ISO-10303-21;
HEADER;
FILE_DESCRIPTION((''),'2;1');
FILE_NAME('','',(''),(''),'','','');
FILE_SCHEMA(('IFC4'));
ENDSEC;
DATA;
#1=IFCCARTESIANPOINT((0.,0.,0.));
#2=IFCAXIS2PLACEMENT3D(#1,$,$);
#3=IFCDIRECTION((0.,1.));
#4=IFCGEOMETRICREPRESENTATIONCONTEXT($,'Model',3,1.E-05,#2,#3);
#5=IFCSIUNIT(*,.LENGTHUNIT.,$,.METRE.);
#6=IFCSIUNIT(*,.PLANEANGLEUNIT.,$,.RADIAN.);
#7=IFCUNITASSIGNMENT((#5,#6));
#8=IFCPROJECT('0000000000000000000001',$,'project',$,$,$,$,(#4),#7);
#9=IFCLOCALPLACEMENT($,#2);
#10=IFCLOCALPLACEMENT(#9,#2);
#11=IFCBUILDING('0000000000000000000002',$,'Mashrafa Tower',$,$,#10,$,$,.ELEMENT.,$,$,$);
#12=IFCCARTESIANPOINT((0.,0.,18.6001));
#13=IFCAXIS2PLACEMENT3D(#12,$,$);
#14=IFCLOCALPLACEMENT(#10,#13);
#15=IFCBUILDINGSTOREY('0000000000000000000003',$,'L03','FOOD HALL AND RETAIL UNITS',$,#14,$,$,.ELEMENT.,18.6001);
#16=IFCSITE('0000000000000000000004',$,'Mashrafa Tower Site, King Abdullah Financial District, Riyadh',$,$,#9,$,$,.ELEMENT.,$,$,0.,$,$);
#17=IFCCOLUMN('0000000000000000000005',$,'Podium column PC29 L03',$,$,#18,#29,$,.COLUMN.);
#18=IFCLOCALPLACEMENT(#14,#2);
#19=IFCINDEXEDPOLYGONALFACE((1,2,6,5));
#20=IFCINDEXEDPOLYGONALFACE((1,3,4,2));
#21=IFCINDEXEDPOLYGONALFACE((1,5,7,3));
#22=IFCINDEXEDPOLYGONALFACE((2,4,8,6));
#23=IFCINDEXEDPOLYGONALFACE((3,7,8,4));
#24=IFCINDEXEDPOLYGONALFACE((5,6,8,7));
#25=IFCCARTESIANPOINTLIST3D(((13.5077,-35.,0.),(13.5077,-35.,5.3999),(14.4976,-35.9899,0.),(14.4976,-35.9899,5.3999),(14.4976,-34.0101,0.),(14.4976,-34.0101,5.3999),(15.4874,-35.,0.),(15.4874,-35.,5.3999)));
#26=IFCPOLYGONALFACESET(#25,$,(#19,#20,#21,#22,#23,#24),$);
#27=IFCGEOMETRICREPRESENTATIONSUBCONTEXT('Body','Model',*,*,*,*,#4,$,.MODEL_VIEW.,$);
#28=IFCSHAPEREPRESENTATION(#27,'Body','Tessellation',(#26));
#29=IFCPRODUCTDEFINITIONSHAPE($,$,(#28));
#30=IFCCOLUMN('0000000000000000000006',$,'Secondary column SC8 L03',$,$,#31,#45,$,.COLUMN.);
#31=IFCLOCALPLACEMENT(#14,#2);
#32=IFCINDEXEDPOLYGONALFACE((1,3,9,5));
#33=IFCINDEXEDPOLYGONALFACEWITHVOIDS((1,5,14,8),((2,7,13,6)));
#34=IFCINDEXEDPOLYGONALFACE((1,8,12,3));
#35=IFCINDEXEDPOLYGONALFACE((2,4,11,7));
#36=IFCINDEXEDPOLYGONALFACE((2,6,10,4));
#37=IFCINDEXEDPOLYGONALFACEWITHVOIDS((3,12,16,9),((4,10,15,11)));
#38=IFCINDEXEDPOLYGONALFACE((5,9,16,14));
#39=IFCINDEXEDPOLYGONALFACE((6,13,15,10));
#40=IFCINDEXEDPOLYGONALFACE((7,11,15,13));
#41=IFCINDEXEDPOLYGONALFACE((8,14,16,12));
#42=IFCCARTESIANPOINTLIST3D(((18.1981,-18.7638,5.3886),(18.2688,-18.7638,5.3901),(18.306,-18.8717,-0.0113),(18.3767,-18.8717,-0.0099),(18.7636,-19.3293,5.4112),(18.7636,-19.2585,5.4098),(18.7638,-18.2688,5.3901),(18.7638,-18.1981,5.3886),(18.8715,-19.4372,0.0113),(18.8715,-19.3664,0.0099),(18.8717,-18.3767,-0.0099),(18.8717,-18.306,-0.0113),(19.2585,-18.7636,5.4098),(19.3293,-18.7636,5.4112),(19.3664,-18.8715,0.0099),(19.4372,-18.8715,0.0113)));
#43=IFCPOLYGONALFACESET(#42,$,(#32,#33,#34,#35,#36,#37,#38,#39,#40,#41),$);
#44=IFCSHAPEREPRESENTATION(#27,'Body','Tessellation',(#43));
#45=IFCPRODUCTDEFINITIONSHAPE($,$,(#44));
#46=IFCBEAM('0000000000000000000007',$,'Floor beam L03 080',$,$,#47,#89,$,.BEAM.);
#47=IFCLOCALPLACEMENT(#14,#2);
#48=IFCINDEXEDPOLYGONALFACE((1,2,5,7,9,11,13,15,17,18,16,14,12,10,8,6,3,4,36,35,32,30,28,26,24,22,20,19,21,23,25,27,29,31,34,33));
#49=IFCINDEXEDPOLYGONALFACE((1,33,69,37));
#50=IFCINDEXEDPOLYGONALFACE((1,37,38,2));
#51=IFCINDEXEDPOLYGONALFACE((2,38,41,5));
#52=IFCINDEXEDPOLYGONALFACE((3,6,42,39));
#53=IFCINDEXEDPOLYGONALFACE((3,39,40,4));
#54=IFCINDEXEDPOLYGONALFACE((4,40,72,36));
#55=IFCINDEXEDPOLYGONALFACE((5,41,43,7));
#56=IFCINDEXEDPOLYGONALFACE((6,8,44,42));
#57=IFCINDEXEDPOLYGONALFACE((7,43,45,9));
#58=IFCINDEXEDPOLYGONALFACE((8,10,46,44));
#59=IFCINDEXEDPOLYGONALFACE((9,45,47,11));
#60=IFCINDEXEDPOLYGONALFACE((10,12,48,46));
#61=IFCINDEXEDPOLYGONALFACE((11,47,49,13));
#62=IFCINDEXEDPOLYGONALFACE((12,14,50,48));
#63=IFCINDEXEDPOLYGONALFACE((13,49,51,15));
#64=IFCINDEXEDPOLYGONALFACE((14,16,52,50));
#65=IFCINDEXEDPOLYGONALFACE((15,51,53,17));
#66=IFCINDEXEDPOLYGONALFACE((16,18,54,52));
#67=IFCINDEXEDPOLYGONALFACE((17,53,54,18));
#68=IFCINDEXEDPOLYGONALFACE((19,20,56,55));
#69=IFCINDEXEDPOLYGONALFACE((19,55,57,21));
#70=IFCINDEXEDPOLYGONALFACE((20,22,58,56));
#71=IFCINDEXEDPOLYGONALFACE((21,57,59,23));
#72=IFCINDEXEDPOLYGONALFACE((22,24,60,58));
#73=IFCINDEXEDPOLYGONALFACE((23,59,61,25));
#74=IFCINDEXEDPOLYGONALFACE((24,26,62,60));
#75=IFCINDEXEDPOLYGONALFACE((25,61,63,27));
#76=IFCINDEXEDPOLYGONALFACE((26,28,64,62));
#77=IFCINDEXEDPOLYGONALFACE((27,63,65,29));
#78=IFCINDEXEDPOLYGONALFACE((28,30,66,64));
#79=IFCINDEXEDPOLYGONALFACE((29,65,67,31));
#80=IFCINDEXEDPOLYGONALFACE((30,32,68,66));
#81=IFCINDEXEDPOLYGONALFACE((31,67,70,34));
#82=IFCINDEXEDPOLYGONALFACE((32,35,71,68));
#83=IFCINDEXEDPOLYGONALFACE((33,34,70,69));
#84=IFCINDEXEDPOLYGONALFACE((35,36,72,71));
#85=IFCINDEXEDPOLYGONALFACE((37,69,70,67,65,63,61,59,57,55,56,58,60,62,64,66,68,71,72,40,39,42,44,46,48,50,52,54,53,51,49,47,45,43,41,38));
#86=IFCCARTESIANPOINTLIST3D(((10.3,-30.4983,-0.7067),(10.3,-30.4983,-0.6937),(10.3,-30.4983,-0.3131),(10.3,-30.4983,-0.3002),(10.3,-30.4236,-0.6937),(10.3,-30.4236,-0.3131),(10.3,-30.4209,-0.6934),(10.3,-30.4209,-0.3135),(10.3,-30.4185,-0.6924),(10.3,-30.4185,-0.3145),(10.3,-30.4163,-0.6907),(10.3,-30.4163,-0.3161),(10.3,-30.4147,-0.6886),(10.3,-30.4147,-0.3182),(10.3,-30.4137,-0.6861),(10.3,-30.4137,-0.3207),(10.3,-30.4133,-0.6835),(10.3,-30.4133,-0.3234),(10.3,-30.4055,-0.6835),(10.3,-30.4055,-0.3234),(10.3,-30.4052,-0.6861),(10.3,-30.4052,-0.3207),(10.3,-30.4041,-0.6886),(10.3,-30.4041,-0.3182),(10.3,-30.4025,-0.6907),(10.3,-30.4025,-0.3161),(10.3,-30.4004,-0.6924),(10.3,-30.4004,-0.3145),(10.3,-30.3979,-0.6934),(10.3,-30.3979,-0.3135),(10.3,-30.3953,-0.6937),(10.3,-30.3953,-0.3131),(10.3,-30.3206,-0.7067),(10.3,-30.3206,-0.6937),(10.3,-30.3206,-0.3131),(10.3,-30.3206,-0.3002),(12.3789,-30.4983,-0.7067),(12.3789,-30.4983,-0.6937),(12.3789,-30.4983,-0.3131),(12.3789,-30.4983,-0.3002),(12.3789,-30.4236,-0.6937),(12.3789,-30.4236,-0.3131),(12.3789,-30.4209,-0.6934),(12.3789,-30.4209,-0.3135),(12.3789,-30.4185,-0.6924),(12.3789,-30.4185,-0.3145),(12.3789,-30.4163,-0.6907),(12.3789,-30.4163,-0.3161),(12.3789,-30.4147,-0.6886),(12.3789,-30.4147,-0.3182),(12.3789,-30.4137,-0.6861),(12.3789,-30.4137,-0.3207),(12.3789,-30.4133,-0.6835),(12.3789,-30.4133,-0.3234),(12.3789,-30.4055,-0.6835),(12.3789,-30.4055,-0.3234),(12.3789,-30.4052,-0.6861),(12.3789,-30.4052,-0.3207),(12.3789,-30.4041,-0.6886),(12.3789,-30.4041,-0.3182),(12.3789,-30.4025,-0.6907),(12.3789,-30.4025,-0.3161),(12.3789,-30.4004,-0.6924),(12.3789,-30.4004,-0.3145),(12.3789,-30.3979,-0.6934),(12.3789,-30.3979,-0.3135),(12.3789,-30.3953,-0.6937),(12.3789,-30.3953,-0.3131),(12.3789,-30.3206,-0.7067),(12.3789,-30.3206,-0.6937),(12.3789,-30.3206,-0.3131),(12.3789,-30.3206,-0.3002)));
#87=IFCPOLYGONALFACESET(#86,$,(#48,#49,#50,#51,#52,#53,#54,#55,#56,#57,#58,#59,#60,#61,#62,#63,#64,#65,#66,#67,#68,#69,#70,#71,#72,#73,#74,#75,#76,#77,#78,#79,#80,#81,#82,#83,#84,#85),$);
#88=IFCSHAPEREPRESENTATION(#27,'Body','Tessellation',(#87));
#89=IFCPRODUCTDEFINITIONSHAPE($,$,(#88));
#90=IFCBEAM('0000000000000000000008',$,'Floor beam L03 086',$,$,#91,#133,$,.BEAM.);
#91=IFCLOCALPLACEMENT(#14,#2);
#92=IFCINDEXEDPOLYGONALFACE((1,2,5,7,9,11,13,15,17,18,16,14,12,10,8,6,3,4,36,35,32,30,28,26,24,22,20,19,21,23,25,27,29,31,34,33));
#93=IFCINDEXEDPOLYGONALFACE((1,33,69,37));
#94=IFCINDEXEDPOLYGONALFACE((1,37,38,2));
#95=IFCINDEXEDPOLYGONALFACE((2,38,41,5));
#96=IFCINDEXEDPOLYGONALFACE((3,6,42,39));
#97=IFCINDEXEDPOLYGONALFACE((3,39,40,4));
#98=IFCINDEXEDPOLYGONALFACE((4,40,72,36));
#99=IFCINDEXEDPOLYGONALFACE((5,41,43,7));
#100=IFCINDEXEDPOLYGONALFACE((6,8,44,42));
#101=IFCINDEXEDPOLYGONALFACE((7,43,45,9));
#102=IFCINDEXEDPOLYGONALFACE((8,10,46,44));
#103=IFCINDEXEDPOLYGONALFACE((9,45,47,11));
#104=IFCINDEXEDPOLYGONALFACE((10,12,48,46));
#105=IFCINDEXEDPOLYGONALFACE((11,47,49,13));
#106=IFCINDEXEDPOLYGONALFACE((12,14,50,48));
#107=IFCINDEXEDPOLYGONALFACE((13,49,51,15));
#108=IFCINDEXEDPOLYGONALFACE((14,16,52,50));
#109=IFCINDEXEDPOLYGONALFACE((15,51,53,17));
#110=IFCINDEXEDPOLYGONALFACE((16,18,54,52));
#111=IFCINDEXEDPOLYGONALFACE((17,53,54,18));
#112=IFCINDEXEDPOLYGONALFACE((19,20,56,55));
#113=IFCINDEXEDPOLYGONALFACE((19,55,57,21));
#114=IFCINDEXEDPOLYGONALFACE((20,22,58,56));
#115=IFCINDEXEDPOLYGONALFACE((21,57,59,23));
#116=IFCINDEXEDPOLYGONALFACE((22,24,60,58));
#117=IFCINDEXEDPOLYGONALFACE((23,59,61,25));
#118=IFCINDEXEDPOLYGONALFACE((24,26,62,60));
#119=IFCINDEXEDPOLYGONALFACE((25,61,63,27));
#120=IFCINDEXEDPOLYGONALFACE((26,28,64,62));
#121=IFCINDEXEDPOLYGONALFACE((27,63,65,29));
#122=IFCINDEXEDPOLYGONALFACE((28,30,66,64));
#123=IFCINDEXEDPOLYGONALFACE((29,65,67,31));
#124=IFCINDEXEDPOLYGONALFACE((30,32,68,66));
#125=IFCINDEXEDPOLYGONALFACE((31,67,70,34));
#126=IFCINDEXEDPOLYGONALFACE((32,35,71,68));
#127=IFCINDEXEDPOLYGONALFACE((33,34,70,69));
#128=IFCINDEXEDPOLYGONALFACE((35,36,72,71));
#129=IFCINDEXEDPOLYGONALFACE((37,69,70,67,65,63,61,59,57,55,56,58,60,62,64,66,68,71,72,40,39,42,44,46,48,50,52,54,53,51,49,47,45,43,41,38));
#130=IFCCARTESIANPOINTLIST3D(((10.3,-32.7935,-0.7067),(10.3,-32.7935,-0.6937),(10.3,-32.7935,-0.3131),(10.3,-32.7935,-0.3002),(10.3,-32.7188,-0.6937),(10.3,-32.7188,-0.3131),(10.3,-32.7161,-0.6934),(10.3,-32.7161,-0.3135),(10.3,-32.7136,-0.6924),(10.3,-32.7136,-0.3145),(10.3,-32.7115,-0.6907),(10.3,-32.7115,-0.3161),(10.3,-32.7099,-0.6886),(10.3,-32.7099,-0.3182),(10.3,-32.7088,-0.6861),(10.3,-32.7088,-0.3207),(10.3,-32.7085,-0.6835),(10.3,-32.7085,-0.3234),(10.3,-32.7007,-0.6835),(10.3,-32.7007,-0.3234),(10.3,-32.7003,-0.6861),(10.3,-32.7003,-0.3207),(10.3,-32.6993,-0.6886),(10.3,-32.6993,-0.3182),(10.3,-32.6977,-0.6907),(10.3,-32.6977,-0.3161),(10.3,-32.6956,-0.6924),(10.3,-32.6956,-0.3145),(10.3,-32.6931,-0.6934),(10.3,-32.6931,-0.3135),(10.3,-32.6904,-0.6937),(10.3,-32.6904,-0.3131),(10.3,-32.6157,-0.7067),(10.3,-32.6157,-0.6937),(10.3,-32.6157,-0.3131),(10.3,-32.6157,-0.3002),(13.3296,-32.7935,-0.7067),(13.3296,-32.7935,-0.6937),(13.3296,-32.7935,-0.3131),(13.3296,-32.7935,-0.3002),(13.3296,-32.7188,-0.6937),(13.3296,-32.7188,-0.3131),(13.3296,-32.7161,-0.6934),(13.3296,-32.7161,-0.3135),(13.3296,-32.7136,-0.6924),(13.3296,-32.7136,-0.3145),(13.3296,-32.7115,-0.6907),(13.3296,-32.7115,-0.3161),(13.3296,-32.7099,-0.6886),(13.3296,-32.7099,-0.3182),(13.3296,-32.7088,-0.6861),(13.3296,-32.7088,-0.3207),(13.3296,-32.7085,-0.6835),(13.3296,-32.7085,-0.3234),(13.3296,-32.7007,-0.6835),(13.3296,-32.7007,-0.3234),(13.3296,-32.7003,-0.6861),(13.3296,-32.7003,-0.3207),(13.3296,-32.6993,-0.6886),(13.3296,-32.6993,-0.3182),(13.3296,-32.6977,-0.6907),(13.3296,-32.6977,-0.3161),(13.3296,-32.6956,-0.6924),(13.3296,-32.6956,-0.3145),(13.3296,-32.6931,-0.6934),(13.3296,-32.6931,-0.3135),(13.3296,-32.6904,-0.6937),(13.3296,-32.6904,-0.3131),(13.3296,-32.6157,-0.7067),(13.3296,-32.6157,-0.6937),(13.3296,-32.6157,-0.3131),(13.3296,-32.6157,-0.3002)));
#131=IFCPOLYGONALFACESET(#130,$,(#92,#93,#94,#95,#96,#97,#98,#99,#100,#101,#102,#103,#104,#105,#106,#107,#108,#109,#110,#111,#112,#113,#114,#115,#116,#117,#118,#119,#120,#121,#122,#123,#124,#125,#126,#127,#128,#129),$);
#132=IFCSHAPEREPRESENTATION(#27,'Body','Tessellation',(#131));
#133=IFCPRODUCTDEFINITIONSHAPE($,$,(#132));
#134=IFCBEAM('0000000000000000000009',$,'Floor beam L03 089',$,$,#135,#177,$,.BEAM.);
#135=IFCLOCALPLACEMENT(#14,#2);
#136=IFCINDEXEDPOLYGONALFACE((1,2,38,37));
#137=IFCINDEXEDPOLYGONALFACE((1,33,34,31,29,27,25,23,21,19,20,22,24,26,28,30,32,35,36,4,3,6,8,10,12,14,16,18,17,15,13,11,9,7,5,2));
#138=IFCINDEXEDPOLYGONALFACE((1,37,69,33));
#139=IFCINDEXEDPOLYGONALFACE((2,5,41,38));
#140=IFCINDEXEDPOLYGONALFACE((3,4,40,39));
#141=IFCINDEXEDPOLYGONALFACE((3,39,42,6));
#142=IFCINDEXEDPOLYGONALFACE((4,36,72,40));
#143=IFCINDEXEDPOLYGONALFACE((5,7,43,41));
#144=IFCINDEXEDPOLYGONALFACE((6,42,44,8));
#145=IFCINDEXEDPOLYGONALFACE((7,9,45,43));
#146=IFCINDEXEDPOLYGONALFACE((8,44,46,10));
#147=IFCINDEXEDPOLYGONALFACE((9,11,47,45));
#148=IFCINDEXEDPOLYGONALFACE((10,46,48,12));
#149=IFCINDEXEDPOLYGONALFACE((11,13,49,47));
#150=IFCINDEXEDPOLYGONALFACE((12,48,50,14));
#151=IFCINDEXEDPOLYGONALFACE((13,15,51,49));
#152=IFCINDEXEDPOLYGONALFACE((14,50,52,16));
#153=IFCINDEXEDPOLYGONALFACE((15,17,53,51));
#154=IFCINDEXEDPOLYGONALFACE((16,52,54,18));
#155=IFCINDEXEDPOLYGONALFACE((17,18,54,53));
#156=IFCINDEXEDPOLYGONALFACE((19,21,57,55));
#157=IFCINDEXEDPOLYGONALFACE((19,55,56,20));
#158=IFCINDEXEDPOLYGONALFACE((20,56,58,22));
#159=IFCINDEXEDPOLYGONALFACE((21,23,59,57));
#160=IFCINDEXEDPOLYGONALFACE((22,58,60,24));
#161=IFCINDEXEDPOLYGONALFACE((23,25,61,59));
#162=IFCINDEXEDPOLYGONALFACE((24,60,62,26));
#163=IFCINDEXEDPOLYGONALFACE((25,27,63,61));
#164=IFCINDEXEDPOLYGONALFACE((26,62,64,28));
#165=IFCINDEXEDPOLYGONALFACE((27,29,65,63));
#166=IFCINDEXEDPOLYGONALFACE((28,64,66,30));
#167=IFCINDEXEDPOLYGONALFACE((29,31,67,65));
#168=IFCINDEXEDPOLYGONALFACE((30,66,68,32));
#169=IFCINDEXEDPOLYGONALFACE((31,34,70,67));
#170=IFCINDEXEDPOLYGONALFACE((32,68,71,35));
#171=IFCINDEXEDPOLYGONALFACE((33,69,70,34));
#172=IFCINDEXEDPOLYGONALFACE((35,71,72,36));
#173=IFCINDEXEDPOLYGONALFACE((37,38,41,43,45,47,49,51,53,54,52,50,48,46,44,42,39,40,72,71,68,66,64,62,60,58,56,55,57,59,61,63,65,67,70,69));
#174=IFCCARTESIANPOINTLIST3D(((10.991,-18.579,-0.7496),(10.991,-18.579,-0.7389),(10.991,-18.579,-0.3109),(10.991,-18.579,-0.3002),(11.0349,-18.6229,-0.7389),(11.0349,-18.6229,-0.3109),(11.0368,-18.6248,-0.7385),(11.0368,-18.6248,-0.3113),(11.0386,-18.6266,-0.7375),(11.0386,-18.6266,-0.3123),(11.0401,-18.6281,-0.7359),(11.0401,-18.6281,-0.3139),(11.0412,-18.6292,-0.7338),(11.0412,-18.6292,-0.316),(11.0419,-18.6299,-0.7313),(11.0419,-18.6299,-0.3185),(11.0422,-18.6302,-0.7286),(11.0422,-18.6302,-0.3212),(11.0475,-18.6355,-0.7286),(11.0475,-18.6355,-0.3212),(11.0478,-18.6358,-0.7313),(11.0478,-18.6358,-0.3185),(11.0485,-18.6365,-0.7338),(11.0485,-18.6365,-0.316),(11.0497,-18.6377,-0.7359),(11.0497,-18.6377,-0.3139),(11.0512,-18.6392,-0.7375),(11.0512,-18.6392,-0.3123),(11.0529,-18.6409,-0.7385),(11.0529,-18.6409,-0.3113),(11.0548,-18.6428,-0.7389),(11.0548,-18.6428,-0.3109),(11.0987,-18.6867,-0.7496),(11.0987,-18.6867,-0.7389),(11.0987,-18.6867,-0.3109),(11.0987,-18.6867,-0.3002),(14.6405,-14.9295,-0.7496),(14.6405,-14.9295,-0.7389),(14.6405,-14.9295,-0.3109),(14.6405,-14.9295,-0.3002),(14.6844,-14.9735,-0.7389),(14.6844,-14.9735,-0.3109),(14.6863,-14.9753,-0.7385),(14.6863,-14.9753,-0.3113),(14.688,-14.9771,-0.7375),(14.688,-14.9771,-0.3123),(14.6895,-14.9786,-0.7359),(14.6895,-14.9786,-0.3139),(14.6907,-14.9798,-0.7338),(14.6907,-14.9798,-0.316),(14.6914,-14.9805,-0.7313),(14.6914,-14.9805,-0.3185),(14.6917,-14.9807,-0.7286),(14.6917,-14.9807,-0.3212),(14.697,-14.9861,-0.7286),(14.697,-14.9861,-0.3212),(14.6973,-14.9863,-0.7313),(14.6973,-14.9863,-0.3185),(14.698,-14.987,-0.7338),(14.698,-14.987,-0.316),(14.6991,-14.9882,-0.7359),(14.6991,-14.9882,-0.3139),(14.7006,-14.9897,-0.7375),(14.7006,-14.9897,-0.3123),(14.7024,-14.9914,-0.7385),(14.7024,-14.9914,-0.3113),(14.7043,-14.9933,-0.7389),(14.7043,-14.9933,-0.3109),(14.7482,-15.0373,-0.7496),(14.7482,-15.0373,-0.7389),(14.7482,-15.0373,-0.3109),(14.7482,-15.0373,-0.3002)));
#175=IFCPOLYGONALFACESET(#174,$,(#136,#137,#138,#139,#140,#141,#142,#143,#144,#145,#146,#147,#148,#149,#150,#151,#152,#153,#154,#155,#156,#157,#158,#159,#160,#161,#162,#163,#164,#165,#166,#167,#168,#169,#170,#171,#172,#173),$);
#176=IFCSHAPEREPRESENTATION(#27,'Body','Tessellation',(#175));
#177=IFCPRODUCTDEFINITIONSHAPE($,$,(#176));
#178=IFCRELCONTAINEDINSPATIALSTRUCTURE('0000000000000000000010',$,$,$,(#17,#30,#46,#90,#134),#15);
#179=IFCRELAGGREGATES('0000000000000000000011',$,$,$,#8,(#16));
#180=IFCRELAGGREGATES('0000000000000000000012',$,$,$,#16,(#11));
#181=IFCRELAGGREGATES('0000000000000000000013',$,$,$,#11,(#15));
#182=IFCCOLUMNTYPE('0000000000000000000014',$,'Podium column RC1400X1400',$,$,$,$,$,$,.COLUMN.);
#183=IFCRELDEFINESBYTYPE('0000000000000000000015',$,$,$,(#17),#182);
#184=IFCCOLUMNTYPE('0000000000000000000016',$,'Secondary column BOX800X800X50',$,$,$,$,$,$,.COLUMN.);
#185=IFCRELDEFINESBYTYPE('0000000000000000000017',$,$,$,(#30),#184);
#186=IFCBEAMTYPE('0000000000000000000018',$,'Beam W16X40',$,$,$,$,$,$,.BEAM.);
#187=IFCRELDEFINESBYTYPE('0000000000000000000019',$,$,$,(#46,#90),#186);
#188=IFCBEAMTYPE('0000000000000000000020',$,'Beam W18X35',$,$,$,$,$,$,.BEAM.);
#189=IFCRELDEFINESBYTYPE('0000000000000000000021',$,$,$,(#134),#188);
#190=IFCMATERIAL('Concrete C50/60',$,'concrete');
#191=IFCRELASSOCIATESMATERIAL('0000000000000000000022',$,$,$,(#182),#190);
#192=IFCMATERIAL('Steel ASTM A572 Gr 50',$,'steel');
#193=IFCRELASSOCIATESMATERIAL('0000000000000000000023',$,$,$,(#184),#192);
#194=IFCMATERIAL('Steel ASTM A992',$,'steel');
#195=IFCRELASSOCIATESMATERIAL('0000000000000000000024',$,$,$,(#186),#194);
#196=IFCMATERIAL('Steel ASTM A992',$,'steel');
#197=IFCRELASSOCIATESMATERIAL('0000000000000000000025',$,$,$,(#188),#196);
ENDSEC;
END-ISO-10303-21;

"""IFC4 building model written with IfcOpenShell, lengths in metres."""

from ifc_helpers import new_model, si_unit, direction, frame, origin, origin_2d, place, context, subcontext, project, spatial, rectangle, hollow_rectangle, i_section, extrude, material, material_profile, profile_set, type_object, element, save


model = new_model("IFC4")

# Units and contexts
model_context = context("Model", 3, precision=1e-05, world=origin(), true_north=direction((0.0, 1.0)))
body_context = subcontext(model_context, "Body", "Model", "MODEL_VIEW")
ifc_project = project(units=[si_unit("LENGTHUNIT", "METRE"), si_unit("PLANEANGLEUNIT", "RADIAN")], contexts=[model_context])

# Site, building, storey
site_placement = place(None, origin())
site = spatial("IfcSite", under=ifc_project, at=site_placement, Name="Mashrafa Tower Site, King Abdullah Financial District, Riyadh", CompositionType="ELEMENT", RefElevation=0.0)
building_placement = place(site_placement, origin())
building = spatial("IfcBuilding", under=site, at=building_placement, Name="Mashrafa Tower", CompositionType="ELEMENT")
storey_placement = place(building_placement, frame((0.0, 0.0, 18.6001)))
storey = spatial("IfcBuildingStorey", under=building, at=storey_placement, Name="L03", Description="FOOD HALL AND RETAIL UNITS", CompositionType="ELEMENT", Elevation=18.6001)

# Columns
ifc_material_1 = material(Name="Concrete C50/60", Category="concrete")
ifc_material_profile_1 = material_profile(ifc_material_1, rectangle(XDim=1.3999, YDim=1.3999, at=origin_2d()), Name="RC1400X1400")
ifc_profile_set_1 = profile_set([ifc_material_profile_1], Name="Concrete C50/60")
column_type_1 = type_object("IfcColumnType", Name="Podium column RC1400X1400", PredefinedType="COLUMN", material=ifc_profile_set_1)
column_1_placement = place(storey_placement, frame((14.4976, -35.0, 0.0), z_axis=(0.0, 0.0, 1.0), x_axis=(0.707107, 0.707107, 0.0)))
element("IfcColumn", 1, at=column_1_placement, inside=storey, type_object=column_type_1, Name="Podium column PC29 L03", PredefinedType="COLUMN", context=body_context, shape_type="SweptSolid", body=[
    extrude(rectangle(XDim=1.3999, YDim=1.3999, at=origin_2d()), origin(), (0.0, 0.0, 1.0), 5.3999),
])
ifc_material_2 = material(Name="Steel ASTM A572 Gr 50", Category="steel")
ifc_material_profile_2 = material_profile(ifc_material_2, hollow_rectangle(XDim=0.8, YDim=0.8, WallThickness=0.05, at=origin_2d()), Name="BOX800X800X50")
ifc_profile_set_2 = profile_set([ifc_material_profile_2], Name="Steel ASTM A572 Gr 50")
column_type_2 = type_object("IfcColumnType", Name="Secondary column BOX800X800X50", PredefinedType="COLUMN", material=ifc_profile_set_2)
column_2_placement = place(storey_placement, frame((18.8716, -18.8716, 0.0), z_axis=(-0.019976, 0.019976, 0.999601), x_axis=(-0.707107, -0.707107, 0.0)))
element("IfcColumn", 2, at=column_2_placement, inside=storey, type_object=column_type_2, Name="Secondary column SC8 L03", PredefinedType="COLUMN", context=body_context, shape_type="SweptSolid", body=[
    extrude(hollow_rectangle(XDim=0.8, YDim=0.8, WallThickness=0.05, at=origin_2d()), origin(), (0.0, 0.0, 1.0), 5.4021),
])

# Beams
ifc_material_3 = material(Name="Steel ASTM A992", Category="steel")
ifc_material_profile_3 = material_profile(ifc_material_3, i_section(OverallWidth=0.1777, OverallDepth=0.4065, WebThickness=0.0078, FlangeThickness=0.0129, FilletRadius=0.0103, at=origin_2d()), Name="W16X40")
ifc_profile_set_3 = profile_set([ifc_material_profile_3], Name="Steel ASTM A992")
beam_type_1 = type_object("IfcBeamType", Name="Beam W16X40", PredefinedType="BEAM", material=ifc_profile_set_3)
beam_1_placement = place(storey_placement, frame((12.3789, -30.4094, -0.5034), z_axis=(-1.0, 0.0, 0.0), x_axis=(0.0, -1.0, 0.0)))
element("IfcBeam", 3, at=beam_1_placement, inside=storey, type_object=beam_type_1, Name="Floor beam L03 080", PredefinedType="BEAM", context=body_context, shape_type="SweptSolid", body=[
    extrude(i_section(OverallWidth=0.1777, OverallDepth=0.4065, WebThickness=0.0078, FlangeThickness=0.0129, FilletRadius=0.0103, at=origin_2d()), origin(), (0.0, 0.0, 1.0), 2.0789),
])
beam_2_placement = place(storey_placement, frame((13.3296, -32.7046, -0.5034), z_axis=(-1.0, 0.0, 0.0), x_axis=(0.0, -1.0, 0.0)))
element("IfcBeam", 4, at=beam_2_placement, inside=storey, type_object=beam_type_1, Name="Floor beam L03 086", PredefinedType="BEAM", context=body_context, shape_type="SweptSolid", body=[
    extrude(i_section(OverallWidth=0.1777, OverallDepth=0.4065, WebThickness=0.0078, FlangeThickness=0.0129, FilletRadius=0.0103, at=origin_2d()), origin(), (0.0, 0.0, 1.0), 3.0295),
])
ifc_material_4 = material(Name="Steel ASTM A992", Category="steel")
ifc_material_profile_4 = material_profile(ifc_material_4, i_section(OverallWidth=0.1523, OverallDepth=0.4495, WebThickness=0.0076, FlangeThickness=0.0107, FilletRadius=0.0103, at=origin_2d()), Name="W18X35")
ifc_profile_set_4 = profile_set([ifc_material_profile_4], Name="Steel ASTM A992")
beam_type_2 = type_object("IfcBeamType", Name="Beam W18X35", PredefinedType="BEAM", material=ifc_profile_set_4)
beam_3_placement = place(storey_placement, frame((14.6943, -14.9834, -0.5249), z_axis=(-0.707107, -0.707107, 0.0), x_axis=(0.707107, -0.707107, 0.0)))
element("IfcBeam", 5, at=beam_3_placement, inside=storey, type_object=beam_type_2, Name="Floor beam L03 089", PredefinedType="BEAM", context=body_context, shape_type="SweptSolid", body=[
    extrude(i_section(OverallWidth=0.1523, OverallDepth=0.4495, WebThickness=0.0076, FlangeThickness=0.0107, FilletRadius=0.0103, at=origin_2d()), origin(), (0.0, 0.0, 1.0), 5.1611),
])

save(model, "model.ifc")
